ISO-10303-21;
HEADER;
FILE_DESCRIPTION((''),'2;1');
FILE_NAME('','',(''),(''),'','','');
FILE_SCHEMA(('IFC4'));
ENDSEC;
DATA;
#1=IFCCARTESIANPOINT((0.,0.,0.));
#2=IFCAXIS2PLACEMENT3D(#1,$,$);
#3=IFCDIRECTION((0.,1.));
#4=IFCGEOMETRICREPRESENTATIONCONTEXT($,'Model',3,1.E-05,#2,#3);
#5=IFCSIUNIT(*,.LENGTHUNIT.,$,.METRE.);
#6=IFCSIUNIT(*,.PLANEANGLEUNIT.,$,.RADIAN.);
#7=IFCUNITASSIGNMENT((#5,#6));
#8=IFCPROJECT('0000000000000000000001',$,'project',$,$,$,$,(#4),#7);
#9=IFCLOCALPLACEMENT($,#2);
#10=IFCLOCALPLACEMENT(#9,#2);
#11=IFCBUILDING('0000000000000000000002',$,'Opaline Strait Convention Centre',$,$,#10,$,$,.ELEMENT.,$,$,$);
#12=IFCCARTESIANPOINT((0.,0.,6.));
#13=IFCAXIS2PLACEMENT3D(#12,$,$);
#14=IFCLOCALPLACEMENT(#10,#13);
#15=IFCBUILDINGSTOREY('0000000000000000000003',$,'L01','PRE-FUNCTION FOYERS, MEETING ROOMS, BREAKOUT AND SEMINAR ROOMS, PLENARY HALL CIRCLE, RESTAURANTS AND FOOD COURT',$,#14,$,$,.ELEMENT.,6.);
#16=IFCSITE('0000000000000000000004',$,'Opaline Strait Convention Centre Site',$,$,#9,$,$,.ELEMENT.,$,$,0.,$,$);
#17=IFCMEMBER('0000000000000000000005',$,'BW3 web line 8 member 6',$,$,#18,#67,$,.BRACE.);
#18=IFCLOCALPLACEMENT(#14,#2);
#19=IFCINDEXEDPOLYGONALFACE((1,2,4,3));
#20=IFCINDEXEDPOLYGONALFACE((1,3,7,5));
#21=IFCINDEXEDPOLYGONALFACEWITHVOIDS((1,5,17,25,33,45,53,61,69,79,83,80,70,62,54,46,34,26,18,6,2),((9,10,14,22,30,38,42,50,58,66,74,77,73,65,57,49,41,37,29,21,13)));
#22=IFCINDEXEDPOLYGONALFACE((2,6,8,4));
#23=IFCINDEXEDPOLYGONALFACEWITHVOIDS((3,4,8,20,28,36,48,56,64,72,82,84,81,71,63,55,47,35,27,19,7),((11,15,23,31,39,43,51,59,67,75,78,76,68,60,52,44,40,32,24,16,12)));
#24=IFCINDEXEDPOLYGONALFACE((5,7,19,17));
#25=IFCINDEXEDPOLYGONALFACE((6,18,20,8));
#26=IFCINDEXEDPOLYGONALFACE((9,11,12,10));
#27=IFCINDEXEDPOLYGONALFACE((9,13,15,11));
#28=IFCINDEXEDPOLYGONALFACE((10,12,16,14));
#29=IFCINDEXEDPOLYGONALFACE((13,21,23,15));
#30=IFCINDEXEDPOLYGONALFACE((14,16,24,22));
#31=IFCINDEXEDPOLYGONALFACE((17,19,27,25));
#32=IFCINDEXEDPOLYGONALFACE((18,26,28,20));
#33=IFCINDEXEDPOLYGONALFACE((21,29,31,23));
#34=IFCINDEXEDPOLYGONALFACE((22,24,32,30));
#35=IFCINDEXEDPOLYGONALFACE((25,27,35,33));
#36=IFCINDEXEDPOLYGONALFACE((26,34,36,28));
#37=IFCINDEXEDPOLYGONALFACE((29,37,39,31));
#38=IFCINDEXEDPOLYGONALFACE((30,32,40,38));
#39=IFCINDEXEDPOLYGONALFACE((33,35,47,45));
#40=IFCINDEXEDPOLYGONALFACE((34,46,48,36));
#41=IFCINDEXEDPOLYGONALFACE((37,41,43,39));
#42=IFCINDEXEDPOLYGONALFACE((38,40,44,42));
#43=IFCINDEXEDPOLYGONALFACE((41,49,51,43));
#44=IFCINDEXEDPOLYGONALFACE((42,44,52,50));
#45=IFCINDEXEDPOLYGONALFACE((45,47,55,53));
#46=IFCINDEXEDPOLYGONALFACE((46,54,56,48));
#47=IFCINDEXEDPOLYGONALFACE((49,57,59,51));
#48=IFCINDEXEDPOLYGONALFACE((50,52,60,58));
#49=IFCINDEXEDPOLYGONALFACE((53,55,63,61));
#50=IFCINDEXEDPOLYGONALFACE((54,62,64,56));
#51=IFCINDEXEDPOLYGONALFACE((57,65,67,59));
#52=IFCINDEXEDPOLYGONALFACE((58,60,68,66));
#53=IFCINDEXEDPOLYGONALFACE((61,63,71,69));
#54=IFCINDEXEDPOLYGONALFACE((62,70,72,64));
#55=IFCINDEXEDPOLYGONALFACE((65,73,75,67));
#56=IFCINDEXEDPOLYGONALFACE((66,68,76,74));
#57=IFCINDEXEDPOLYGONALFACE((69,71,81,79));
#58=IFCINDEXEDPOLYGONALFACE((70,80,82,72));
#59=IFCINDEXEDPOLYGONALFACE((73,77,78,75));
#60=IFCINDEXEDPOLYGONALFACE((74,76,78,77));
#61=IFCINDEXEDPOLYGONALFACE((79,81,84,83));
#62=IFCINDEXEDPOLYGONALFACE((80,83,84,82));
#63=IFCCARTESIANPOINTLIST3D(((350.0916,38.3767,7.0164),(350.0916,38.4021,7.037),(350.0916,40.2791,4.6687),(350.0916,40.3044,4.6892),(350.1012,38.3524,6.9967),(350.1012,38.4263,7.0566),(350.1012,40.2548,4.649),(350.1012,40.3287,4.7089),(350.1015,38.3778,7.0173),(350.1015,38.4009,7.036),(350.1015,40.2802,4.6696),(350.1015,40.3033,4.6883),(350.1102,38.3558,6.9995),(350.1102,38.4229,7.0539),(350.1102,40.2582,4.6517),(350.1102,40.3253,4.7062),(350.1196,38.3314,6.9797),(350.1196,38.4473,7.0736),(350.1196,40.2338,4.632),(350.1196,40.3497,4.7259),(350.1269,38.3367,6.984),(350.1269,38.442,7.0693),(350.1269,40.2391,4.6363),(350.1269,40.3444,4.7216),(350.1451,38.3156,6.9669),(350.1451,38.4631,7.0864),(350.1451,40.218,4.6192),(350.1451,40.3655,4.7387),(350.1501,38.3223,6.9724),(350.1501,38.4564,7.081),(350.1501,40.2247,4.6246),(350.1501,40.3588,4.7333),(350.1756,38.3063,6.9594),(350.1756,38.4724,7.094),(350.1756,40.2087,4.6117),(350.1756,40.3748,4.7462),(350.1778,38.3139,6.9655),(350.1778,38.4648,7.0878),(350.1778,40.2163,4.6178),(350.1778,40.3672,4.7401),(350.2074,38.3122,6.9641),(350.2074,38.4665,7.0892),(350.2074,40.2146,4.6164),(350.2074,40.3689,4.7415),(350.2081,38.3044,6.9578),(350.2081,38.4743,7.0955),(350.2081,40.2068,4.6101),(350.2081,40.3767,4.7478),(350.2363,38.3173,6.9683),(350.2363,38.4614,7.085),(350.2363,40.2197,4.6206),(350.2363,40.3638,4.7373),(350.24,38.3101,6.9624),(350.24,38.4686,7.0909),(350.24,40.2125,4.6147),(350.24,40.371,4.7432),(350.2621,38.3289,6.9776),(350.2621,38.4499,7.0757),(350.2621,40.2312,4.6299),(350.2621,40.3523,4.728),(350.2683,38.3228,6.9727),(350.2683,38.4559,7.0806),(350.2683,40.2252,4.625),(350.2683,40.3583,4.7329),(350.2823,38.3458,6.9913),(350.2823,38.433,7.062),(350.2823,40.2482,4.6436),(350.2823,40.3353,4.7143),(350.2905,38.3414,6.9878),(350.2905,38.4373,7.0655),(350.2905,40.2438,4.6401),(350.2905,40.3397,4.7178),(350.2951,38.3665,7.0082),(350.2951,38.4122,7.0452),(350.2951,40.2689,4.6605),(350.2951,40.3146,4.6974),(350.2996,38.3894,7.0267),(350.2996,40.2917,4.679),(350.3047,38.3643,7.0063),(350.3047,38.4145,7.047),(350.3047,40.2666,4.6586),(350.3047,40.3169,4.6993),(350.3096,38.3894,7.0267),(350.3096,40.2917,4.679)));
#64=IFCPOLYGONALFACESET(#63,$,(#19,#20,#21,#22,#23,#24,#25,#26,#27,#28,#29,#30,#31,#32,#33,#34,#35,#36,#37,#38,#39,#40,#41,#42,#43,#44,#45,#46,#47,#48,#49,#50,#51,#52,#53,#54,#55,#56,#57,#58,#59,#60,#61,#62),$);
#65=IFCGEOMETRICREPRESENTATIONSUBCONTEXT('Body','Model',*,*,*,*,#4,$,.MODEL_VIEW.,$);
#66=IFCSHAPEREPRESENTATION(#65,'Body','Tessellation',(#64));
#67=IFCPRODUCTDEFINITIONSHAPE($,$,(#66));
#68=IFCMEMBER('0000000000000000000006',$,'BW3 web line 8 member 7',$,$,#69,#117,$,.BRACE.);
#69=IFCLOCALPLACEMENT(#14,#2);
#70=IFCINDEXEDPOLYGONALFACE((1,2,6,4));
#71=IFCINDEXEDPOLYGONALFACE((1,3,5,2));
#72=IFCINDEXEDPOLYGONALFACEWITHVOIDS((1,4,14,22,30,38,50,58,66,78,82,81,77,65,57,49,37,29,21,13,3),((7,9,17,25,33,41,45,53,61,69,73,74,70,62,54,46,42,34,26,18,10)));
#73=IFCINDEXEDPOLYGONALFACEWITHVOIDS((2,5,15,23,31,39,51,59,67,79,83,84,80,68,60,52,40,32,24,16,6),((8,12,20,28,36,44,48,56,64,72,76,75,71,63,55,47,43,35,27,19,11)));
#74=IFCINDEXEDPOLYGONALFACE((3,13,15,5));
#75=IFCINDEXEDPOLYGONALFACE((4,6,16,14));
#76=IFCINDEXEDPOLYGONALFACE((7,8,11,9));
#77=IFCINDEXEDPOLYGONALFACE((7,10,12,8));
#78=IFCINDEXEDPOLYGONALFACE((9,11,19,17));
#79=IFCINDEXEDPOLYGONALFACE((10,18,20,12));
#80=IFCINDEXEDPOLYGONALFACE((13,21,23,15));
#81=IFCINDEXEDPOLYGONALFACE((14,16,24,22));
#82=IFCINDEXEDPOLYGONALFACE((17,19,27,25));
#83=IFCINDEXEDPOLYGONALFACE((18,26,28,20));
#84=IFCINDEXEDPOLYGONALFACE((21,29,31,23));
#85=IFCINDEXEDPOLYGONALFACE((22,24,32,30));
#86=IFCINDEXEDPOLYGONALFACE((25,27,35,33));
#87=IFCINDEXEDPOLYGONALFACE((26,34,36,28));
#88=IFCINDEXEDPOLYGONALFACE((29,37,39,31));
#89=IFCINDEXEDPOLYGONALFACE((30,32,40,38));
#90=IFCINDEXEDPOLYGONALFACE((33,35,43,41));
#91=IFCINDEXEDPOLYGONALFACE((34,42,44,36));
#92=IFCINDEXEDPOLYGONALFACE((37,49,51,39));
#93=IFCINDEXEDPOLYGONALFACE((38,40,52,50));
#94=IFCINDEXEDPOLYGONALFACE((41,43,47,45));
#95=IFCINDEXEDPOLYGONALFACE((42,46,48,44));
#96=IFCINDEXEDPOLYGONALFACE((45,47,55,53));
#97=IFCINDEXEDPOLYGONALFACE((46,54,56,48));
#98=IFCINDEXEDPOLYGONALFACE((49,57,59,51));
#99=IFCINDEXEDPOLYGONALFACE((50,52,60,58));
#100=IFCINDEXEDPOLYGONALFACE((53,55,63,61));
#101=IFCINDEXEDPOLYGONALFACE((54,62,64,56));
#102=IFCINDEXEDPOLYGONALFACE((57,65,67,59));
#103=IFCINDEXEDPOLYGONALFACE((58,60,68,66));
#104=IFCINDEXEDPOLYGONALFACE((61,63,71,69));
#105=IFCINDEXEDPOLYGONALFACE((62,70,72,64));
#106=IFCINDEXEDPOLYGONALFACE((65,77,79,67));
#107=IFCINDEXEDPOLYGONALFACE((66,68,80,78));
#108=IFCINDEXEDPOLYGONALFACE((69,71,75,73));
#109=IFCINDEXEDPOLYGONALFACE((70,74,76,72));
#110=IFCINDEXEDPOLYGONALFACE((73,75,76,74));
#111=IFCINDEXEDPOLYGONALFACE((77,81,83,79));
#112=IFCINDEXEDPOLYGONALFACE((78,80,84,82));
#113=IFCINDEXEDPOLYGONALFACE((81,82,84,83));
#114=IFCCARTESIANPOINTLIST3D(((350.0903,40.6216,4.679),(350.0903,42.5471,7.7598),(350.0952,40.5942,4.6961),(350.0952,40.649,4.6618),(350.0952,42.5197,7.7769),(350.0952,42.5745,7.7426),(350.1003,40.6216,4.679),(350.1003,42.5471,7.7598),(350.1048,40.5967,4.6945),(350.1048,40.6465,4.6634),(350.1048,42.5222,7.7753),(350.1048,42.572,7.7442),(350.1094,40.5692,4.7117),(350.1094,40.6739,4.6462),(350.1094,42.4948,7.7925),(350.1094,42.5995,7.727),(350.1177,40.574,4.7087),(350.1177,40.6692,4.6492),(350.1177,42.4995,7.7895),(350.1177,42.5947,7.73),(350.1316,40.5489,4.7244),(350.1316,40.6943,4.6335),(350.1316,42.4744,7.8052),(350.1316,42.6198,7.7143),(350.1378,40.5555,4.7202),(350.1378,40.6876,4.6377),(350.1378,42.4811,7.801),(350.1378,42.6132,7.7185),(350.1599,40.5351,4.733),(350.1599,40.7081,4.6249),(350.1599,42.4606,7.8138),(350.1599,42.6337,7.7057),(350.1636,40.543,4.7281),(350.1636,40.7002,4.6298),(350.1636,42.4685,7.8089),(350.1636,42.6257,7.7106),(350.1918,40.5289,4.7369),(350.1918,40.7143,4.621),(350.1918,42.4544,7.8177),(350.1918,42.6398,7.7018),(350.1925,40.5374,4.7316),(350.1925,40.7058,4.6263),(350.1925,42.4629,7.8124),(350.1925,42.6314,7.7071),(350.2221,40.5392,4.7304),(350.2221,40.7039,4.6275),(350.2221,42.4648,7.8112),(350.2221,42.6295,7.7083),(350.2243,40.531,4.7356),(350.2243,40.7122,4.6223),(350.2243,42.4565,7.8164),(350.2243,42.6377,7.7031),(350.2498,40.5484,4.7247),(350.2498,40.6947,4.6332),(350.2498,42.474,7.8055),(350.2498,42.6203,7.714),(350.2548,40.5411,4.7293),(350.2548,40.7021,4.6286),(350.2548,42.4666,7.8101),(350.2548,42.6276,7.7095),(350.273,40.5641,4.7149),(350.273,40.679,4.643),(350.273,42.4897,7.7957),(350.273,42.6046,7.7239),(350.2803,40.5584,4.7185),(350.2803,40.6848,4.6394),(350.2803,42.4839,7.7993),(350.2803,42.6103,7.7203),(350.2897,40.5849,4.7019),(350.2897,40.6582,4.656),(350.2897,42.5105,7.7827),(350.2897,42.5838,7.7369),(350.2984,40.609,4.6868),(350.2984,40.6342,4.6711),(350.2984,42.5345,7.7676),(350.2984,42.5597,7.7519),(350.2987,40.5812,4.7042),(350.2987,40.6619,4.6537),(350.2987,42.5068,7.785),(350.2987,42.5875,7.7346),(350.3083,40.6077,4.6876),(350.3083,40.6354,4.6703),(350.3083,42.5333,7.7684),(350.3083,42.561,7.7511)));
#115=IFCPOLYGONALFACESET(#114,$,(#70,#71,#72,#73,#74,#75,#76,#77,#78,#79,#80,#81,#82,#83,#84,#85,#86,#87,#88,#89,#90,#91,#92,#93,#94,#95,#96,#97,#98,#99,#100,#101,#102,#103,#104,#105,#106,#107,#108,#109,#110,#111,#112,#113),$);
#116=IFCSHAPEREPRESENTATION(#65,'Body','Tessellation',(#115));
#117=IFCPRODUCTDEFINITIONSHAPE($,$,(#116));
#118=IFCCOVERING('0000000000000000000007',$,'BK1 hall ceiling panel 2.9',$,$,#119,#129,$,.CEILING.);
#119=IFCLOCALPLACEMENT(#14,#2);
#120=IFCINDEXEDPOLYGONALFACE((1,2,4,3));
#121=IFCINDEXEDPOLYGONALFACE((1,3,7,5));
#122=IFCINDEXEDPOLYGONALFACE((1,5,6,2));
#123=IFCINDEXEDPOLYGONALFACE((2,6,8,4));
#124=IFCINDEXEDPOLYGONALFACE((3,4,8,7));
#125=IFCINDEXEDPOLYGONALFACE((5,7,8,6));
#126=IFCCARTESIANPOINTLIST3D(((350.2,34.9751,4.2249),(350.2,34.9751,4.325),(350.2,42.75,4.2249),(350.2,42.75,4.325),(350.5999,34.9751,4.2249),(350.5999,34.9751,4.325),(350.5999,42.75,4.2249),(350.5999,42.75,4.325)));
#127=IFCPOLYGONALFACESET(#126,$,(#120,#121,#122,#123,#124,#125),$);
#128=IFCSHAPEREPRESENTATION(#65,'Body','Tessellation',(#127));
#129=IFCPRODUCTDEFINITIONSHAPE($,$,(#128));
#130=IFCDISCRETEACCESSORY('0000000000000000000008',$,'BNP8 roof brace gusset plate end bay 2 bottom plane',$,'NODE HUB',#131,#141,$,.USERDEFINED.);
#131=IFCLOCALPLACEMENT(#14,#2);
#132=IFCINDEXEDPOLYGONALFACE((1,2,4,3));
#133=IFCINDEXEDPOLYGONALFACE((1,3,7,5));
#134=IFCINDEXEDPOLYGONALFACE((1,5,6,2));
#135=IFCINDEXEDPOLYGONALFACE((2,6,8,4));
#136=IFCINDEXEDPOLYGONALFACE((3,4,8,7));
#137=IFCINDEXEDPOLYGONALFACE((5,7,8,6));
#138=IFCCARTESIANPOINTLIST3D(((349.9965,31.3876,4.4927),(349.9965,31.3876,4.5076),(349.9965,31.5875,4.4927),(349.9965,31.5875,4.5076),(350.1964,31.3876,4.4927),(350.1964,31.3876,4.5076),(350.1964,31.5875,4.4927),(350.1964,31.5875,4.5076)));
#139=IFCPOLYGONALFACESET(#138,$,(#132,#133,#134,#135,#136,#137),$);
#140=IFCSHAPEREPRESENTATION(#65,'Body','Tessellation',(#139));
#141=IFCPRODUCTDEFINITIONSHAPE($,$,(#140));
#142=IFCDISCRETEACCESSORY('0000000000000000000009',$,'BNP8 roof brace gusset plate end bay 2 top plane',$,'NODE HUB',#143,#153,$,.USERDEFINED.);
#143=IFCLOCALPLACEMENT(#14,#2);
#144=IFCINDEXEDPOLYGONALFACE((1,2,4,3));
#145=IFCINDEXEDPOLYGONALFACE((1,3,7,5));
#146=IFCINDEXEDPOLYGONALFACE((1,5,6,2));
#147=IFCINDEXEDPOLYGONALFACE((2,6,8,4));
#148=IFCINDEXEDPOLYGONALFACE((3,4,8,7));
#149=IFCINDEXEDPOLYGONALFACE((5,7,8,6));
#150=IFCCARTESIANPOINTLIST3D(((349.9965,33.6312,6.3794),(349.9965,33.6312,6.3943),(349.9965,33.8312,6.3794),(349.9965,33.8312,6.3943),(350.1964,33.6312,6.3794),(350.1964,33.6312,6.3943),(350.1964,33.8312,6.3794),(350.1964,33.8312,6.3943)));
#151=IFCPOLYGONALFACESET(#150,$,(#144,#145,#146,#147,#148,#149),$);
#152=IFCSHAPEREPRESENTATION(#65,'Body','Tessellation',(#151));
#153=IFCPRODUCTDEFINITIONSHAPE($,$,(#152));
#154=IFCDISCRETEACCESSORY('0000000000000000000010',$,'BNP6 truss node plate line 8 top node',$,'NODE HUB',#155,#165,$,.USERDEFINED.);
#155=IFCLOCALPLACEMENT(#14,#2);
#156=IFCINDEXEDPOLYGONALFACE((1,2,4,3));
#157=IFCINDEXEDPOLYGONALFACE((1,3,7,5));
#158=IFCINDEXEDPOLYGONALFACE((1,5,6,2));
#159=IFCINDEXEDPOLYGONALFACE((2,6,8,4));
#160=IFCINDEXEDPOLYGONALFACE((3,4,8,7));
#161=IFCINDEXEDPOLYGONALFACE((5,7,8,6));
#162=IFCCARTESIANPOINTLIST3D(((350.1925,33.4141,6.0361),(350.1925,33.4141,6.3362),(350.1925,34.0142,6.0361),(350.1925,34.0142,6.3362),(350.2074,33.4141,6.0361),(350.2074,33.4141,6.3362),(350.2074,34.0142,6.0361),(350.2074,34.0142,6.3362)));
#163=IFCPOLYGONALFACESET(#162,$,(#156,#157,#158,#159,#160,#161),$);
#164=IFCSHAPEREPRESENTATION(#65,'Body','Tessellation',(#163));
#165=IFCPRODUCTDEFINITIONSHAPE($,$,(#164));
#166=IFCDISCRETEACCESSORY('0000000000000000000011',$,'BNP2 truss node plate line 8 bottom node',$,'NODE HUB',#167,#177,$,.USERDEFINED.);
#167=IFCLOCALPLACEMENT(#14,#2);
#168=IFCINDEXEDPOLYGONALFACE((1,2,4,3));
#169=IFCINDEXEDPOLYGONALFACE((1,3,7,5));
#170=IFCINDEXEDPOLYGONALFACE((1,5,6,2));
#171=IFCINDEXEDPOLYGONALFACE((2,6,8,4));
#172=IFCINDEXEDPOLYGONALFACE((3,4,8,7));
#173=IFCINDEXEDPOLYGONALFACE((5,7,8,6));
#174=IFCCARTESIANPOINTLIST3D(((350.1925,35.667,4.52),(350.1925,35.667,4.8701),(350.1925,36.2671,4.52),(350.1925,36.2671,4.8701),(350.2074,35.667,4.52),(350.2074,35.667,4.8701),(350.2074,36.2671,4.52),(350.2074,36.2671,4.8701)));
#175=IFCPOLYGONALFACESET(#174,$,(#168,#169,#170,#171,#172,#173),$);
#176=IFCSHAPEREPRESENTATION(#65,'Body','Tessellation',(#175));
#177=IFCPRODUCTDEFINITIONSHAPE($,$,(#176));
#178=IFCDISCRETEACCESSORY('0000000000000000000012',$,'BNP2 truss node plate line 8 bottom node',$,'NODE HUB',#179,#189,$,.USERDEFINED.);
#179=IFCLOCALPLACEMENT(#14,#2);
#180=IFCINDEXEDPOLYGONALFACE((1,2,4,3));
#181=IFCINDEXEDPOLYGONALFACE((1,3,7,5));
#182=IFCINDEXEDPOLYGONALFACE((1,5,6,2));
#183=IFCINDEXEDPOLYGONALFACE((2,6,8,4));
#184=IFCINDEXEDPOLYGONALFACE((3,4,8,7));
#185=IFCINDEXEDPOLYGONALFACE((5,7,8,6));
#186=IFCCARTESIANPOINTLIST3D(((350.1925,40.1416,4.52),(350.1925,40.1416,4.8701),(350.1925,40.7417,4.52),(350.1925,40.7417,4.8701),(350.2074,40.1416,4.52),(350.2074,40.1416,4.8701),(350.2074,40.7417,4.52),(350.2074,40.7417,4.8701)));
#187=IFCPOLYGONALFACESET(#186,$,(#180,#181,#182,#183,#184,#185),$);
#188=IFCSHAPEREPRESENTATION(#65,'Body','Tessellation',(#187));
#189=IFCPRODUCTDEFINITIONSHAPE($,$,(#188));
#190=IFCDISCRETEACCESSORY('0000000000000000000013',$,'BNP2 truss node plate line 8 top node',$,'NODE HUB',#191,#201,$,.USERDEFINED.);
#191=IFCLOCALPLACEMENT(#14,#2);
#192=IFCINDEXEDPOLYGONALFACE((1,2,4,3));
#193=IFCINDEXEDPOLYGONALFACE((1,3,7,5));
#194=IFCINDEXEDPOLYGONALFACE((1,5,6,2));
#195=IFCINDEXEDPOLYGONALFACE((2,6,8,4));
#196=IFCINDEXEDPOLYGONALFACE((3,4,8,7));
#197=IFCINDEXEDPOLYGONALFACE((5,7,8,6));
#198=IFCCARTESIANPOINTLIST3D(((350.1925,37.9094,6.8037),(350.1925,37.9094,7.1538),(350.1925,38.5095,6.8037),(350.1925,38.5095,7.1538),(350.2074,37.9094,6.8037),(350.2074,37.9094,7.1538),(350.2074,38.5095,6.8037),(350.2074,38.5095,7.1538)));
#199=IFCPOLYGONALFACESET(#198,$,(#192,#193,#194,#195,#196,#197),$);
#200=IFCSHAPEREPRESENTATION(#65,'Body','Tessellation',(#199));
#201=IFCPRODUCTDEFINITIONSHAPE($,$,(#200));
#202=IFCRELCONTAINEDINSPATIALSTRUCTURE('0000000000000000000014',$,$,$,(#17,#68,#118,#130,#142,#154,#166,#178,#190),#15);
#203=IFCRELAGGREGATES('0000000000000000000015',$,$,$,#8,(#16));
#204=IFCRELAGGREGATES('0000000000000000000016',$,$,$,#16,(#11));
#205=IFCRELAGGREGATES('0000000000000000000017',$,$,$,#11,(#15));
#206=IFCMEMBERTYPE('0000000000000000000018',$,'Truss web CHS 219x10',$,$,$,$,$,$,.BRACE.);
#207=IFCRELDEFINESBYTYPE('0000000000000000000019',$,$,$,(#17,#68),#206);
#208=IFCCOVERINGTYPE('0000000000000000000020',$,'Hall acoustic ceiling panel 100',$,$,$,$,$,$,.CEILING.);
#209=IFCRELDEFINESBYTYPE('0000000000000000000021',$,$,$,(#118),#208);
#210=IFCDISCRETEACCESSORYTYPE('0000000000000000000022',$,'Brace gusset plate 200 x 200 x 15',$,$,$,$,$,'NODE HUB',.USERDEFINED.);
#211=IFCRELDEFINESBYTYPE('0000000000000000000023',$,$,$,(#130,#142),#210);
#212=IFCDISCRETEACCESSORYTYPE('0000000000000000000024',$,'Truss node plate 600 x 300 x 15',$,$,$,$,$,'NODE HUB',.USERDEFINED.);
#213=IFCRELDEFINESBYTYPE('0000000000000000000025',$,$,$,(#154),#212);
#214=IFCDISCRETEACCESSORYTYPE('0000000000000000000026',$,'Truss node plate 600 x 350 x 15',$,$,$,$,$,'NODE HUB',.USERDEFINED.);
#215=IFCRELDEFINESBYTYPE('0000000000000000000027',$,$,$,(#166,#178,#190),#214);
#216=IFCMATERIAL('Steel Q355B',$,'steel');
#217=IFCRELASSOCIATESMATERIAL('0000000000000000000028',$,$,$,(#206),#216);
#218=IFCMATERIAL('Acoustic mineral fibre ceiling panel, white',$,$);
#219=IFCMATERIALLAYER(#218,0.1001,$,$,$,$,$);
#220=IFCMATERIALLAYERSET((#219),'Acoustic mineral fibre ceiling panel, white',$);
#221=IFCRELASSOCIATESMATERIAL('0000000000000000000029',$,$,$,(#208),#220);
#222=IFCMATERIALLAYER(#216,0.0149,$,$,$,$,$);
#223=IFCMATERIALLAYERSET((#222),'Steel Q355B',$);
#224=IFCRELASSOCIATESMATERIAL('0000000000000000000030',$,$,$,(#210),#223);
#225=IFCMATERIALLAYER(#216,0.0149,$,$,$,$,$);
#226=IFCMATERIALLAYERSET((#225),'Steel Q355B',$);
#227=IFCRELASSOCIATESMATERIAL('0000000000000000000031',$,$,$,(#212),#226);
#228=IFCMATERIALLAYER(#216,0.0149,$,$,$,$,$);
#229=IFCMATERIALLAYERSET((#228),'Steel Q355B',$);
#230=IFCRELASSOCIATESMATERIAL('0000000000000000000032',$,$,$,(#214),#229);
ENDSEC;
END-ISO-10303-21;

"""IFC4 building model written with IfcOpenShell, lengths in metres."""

from ifc_helpers import new_model, si_unit, direction, frame, origin, origin_2d, place, context, subcontext, project, spatial, rectangle, hollow_circle, extrude, material, layer, layer_set, material_profile, profile_set, type_object, element, save


model = new_model("IFC4")

# Units and contexts
model_context = context("Model", 3, precision=1e-05, world=origin(), true_north=direction((0.0, 1.0)))
body_context = subcontext(model_context, "Body", "Model", "MODEL_VIEW")
ifc_project = project(units=[si_unit("LENGTHUNIT", "METRE"), si_unit("PLANEANGLEUNIT", "RADIAN")], contexts=[model_context])

# Site, building, storey
site_placement = place(None, origin())
site = spatial("IfcSite", under=ifc_project, at=site_placement, Name="Opaline Strait Convention Centre Site", CompositionType="ELEMENT", RefElevation=0.0)
building_placement = place(site_placement, origin())
building = spatial("IfcBuilding", under=site, at=building_placement, Name="Opaline Strait Convention Centre", CompositionType="ELEMENT")
storey_placement = place(building_placement, frame((0.0, 0.0, 6.0)))
storey = spatial("IfcBuildingStorey", under=building, at=storey_placement, Name="L01", Description="PRE-FUNCTION FOYERS, MEETING ROOMS, BREAKOUT AND SEMINAR ROOMS, PLENARY HALL CIRCLE, RESTAURANTS AND FOOD COURT", CompositionType="ELEMENT", Elevation=6.0)

# Members
ifc_material_1 = material(Name="Steel Q355B", Category="steel")
ifc_material_profile_1 = material_profile(ifc_material_1, hollow_circle(Radius=0.1096, WallThickness=0.01, at=origin_2d()), Name="CHS 219x10")
ifc_profile_set_1 = profile_set([ifc_material_profile_1], Name="Steel Q355B")
member_type_1 = type_object("IfcMemberType", Name="Truss web CHS 219x10", PredefinedType="BRACE", material=ifc_profile_set_1)
member_1_placement = place(storey_placement, frame((350.2, 40.2917, 4.679), z_axis=(0.0, -0.62957, 0.776944), x_axis=(1.0, 0.0, 0.0)))
element("IfcMember", 1, at=member_1_placement, inside=storey, type_object=member_type_1, Name="BW3 web line 8 member 6", PredefinedType="BRACE", context=body_context, shape_type="SweptSolid", body=[
    extrude(hollow_circle(Radius=0.1096, WallThickness=0.01, at=origin_2d()), origin(), (0.0, 0.0, 1.0), 3.0217),
])
member_2_placement = place(storey_placement, frame((350.2, 40.6216, 4.679), z_axis=(0.0, 0.530005, 0.847995), x_axis=(-1.0, 0.0, 0.0)))
element("IfcMember", 2, at=member_2_placement, inside=storey, type_object=member_type_1, Name="BW3 web line 8 member 7", PredefinedType="BRACE", context=body_context, shape_type="SweptSolid", body=[
    extrude(hollow_circle(Radius=0.1096, WallThickness=0.01, at=origin_2d()), origin(), (0.0, 0.0, 1.0), 3.6331),
])

# Covering
ifc_material_2 = material(Name="Acoustic mineral fibre ceiling panel, white")
ifc_layer_1 = layer(ifc_material_2, 0.1001)
ifc_layer_set_1 = layer_set([ifc_layer_1], Name="Acoustic mineral fibre ceiling panel, white")
covering_type = type_object("IfcCoveringType", Name="Hall acoustic ceiling panel 100", PredefinedType="CEILING", material=ifc_layer_set_1)
covering_placement = place(storey_placement, frame((350.3999, 38.8625, 4.2249), z_axis=(0.0, 0.0, 1.0), x_axis=(1.0, 0.0, 0.0)))
element("IfcCovering", 3, at=covering_placement, inside=storey, type_object=covering_type, Name="BK1 hall ceiling panel 2.9", PredefinedType="CEILING", context=body_context, shape_type="SweptSolid", body=[
    extrude(rectangle(XDim=0.3999, YDim=7.7749, at=origin_2d()), origin(), (0.0, 0.0, 1.0), 0.1001),
])

# Discrete accessories
ifc_layer_2 = layer(ifc_material_1, 0.0149)
ifc_layer_set_2 = layer_set([ifc_layer_2], Name="Steel Q355B")
discrete_accessory_type_1 = type_object("IfcDiscreteAccessoryType", Name="Brace gusset plate 200 x 200 x 15", ElementType="NODE HUB", PredefinedType="USERDEFINED", material=ifc_layer_set_2)
for number, where, z_axis, x_axis, name in (
    (4, (350.0964, 31.4875, 4.4927), (0.0, 0.0, 1.0), (1.0, 0.0, 0.0), "BNP8 roof brace gusset plate end bay 2 bottom plane"),
    (5, (350.0964, 33.7312, 6.3794), (0.0, 0.0, 1.0), (1.0, 0.0, 0.0), "BNP8 roof brace gusset plate end bay 2 top plane"),
):
    element("IfcDiscreteAccessory", number, at=place(storey_placement, frame(where, z_axis=z_axis, x_axis=x_axis)), inside=storey, type_object=discrete_accessory_type_1, Name=name, ObjectType="NODE HUB", PredefinedType="USERDEFINED", context=body_context, shape_type="SweptSolid", body=[
        extrude(rectangle(XDim=0.2, YDim=0.2, at=origin_2d()), origin(), (0.0, 0.0, 1.0), 0.0149),
    ])
ifc_layer_3 = layer(ifc_material_1, 0.0149)
ifc_layer_set_3 = layer_set([ifc_layer_3], Name="Steel Q355B")
discrete_accessory_type_2 = type_object("IfcDiscreteAccessoryType", Name="Truss node plate 600 x 300 x 15", ElementType="NODE HUB", PredefinedType="USERDEFINED", material=ifc_layer_set_3)
discrete_accessory_placement = place(storey_placement, frame((350.2, 33.7141, 6.0361), z_axis=(0.0, 0.0, 1.0), x_axis=(1.0, 0.0, 0.0)))
element("IfcDiscreteAccessory", 6, at=discrete_accessory_placement, inside=storey, type_object=discrete_accessory_type_2, Name="BNP6 truss node plate line 8 top node", ObjectType="NODE HUB", PredefinedType="USERDEFINED", context=body_context, shape_type="SweptSolid", body=[
    extrude(rectangle(XDim=0.0149, YDim=0.6001, at=origin_2d()), origin(), (0.0, 0.0, 1.0), 0.3),
])
ifc_layer_4 = layer(ifc_material_1, 0.0149)
ifc_layer_set_4 = layer_set([ifc_layer_4], Name="Steel Q355B")
discrete_accessory_type_3 = type_object("IfcDiscreteAccessoryType", Name="Truss node plate 600 x 350 x 15", ElementType="NODE HUB", PredefinedType="USERDEFINED", material=ifc_layer_set_4)
for number, where, z_axis, x_axis, name in (
    (7, (350.2, 35.967, 4.52), (0.0, 0.0, 1.0), (1.0, 0.0, 0.0), "BNP2 truss node plate line 8 bottom node"),
    (8, (350.2, 40.4417, 4.52), (0.0, 0.0, 1.0), (1.0, 0.0, 0.0), "BNP2 truss node plate line 8 bottom node"),
    (9, (350.2, 38.2095, 6.8037), (0.0, 0.0, 1.0), (1.0, 0.0, 0.0), "BNP2 truss node plate line 8 top node"),
):
    element("IfcDiscreteAccessory", number, at=place(storey_placement, frame(where, z_axis=z_axis, x_axis=x_axis)), inside=storey, type_object=discrete_accessory_type_3, Name=name, ObjectType="NODE HUB", PredefinedType="USERDEFINED", context=body_context, shape_type="SweptSolid", body=[
        extrude(rectangle(XDim=0.0149, YDim=0.6001, at=origin_2d()), origin(), (0.0, 0.0, 1.0), 0.3501),
    ])

save(model, "model.ifc")
